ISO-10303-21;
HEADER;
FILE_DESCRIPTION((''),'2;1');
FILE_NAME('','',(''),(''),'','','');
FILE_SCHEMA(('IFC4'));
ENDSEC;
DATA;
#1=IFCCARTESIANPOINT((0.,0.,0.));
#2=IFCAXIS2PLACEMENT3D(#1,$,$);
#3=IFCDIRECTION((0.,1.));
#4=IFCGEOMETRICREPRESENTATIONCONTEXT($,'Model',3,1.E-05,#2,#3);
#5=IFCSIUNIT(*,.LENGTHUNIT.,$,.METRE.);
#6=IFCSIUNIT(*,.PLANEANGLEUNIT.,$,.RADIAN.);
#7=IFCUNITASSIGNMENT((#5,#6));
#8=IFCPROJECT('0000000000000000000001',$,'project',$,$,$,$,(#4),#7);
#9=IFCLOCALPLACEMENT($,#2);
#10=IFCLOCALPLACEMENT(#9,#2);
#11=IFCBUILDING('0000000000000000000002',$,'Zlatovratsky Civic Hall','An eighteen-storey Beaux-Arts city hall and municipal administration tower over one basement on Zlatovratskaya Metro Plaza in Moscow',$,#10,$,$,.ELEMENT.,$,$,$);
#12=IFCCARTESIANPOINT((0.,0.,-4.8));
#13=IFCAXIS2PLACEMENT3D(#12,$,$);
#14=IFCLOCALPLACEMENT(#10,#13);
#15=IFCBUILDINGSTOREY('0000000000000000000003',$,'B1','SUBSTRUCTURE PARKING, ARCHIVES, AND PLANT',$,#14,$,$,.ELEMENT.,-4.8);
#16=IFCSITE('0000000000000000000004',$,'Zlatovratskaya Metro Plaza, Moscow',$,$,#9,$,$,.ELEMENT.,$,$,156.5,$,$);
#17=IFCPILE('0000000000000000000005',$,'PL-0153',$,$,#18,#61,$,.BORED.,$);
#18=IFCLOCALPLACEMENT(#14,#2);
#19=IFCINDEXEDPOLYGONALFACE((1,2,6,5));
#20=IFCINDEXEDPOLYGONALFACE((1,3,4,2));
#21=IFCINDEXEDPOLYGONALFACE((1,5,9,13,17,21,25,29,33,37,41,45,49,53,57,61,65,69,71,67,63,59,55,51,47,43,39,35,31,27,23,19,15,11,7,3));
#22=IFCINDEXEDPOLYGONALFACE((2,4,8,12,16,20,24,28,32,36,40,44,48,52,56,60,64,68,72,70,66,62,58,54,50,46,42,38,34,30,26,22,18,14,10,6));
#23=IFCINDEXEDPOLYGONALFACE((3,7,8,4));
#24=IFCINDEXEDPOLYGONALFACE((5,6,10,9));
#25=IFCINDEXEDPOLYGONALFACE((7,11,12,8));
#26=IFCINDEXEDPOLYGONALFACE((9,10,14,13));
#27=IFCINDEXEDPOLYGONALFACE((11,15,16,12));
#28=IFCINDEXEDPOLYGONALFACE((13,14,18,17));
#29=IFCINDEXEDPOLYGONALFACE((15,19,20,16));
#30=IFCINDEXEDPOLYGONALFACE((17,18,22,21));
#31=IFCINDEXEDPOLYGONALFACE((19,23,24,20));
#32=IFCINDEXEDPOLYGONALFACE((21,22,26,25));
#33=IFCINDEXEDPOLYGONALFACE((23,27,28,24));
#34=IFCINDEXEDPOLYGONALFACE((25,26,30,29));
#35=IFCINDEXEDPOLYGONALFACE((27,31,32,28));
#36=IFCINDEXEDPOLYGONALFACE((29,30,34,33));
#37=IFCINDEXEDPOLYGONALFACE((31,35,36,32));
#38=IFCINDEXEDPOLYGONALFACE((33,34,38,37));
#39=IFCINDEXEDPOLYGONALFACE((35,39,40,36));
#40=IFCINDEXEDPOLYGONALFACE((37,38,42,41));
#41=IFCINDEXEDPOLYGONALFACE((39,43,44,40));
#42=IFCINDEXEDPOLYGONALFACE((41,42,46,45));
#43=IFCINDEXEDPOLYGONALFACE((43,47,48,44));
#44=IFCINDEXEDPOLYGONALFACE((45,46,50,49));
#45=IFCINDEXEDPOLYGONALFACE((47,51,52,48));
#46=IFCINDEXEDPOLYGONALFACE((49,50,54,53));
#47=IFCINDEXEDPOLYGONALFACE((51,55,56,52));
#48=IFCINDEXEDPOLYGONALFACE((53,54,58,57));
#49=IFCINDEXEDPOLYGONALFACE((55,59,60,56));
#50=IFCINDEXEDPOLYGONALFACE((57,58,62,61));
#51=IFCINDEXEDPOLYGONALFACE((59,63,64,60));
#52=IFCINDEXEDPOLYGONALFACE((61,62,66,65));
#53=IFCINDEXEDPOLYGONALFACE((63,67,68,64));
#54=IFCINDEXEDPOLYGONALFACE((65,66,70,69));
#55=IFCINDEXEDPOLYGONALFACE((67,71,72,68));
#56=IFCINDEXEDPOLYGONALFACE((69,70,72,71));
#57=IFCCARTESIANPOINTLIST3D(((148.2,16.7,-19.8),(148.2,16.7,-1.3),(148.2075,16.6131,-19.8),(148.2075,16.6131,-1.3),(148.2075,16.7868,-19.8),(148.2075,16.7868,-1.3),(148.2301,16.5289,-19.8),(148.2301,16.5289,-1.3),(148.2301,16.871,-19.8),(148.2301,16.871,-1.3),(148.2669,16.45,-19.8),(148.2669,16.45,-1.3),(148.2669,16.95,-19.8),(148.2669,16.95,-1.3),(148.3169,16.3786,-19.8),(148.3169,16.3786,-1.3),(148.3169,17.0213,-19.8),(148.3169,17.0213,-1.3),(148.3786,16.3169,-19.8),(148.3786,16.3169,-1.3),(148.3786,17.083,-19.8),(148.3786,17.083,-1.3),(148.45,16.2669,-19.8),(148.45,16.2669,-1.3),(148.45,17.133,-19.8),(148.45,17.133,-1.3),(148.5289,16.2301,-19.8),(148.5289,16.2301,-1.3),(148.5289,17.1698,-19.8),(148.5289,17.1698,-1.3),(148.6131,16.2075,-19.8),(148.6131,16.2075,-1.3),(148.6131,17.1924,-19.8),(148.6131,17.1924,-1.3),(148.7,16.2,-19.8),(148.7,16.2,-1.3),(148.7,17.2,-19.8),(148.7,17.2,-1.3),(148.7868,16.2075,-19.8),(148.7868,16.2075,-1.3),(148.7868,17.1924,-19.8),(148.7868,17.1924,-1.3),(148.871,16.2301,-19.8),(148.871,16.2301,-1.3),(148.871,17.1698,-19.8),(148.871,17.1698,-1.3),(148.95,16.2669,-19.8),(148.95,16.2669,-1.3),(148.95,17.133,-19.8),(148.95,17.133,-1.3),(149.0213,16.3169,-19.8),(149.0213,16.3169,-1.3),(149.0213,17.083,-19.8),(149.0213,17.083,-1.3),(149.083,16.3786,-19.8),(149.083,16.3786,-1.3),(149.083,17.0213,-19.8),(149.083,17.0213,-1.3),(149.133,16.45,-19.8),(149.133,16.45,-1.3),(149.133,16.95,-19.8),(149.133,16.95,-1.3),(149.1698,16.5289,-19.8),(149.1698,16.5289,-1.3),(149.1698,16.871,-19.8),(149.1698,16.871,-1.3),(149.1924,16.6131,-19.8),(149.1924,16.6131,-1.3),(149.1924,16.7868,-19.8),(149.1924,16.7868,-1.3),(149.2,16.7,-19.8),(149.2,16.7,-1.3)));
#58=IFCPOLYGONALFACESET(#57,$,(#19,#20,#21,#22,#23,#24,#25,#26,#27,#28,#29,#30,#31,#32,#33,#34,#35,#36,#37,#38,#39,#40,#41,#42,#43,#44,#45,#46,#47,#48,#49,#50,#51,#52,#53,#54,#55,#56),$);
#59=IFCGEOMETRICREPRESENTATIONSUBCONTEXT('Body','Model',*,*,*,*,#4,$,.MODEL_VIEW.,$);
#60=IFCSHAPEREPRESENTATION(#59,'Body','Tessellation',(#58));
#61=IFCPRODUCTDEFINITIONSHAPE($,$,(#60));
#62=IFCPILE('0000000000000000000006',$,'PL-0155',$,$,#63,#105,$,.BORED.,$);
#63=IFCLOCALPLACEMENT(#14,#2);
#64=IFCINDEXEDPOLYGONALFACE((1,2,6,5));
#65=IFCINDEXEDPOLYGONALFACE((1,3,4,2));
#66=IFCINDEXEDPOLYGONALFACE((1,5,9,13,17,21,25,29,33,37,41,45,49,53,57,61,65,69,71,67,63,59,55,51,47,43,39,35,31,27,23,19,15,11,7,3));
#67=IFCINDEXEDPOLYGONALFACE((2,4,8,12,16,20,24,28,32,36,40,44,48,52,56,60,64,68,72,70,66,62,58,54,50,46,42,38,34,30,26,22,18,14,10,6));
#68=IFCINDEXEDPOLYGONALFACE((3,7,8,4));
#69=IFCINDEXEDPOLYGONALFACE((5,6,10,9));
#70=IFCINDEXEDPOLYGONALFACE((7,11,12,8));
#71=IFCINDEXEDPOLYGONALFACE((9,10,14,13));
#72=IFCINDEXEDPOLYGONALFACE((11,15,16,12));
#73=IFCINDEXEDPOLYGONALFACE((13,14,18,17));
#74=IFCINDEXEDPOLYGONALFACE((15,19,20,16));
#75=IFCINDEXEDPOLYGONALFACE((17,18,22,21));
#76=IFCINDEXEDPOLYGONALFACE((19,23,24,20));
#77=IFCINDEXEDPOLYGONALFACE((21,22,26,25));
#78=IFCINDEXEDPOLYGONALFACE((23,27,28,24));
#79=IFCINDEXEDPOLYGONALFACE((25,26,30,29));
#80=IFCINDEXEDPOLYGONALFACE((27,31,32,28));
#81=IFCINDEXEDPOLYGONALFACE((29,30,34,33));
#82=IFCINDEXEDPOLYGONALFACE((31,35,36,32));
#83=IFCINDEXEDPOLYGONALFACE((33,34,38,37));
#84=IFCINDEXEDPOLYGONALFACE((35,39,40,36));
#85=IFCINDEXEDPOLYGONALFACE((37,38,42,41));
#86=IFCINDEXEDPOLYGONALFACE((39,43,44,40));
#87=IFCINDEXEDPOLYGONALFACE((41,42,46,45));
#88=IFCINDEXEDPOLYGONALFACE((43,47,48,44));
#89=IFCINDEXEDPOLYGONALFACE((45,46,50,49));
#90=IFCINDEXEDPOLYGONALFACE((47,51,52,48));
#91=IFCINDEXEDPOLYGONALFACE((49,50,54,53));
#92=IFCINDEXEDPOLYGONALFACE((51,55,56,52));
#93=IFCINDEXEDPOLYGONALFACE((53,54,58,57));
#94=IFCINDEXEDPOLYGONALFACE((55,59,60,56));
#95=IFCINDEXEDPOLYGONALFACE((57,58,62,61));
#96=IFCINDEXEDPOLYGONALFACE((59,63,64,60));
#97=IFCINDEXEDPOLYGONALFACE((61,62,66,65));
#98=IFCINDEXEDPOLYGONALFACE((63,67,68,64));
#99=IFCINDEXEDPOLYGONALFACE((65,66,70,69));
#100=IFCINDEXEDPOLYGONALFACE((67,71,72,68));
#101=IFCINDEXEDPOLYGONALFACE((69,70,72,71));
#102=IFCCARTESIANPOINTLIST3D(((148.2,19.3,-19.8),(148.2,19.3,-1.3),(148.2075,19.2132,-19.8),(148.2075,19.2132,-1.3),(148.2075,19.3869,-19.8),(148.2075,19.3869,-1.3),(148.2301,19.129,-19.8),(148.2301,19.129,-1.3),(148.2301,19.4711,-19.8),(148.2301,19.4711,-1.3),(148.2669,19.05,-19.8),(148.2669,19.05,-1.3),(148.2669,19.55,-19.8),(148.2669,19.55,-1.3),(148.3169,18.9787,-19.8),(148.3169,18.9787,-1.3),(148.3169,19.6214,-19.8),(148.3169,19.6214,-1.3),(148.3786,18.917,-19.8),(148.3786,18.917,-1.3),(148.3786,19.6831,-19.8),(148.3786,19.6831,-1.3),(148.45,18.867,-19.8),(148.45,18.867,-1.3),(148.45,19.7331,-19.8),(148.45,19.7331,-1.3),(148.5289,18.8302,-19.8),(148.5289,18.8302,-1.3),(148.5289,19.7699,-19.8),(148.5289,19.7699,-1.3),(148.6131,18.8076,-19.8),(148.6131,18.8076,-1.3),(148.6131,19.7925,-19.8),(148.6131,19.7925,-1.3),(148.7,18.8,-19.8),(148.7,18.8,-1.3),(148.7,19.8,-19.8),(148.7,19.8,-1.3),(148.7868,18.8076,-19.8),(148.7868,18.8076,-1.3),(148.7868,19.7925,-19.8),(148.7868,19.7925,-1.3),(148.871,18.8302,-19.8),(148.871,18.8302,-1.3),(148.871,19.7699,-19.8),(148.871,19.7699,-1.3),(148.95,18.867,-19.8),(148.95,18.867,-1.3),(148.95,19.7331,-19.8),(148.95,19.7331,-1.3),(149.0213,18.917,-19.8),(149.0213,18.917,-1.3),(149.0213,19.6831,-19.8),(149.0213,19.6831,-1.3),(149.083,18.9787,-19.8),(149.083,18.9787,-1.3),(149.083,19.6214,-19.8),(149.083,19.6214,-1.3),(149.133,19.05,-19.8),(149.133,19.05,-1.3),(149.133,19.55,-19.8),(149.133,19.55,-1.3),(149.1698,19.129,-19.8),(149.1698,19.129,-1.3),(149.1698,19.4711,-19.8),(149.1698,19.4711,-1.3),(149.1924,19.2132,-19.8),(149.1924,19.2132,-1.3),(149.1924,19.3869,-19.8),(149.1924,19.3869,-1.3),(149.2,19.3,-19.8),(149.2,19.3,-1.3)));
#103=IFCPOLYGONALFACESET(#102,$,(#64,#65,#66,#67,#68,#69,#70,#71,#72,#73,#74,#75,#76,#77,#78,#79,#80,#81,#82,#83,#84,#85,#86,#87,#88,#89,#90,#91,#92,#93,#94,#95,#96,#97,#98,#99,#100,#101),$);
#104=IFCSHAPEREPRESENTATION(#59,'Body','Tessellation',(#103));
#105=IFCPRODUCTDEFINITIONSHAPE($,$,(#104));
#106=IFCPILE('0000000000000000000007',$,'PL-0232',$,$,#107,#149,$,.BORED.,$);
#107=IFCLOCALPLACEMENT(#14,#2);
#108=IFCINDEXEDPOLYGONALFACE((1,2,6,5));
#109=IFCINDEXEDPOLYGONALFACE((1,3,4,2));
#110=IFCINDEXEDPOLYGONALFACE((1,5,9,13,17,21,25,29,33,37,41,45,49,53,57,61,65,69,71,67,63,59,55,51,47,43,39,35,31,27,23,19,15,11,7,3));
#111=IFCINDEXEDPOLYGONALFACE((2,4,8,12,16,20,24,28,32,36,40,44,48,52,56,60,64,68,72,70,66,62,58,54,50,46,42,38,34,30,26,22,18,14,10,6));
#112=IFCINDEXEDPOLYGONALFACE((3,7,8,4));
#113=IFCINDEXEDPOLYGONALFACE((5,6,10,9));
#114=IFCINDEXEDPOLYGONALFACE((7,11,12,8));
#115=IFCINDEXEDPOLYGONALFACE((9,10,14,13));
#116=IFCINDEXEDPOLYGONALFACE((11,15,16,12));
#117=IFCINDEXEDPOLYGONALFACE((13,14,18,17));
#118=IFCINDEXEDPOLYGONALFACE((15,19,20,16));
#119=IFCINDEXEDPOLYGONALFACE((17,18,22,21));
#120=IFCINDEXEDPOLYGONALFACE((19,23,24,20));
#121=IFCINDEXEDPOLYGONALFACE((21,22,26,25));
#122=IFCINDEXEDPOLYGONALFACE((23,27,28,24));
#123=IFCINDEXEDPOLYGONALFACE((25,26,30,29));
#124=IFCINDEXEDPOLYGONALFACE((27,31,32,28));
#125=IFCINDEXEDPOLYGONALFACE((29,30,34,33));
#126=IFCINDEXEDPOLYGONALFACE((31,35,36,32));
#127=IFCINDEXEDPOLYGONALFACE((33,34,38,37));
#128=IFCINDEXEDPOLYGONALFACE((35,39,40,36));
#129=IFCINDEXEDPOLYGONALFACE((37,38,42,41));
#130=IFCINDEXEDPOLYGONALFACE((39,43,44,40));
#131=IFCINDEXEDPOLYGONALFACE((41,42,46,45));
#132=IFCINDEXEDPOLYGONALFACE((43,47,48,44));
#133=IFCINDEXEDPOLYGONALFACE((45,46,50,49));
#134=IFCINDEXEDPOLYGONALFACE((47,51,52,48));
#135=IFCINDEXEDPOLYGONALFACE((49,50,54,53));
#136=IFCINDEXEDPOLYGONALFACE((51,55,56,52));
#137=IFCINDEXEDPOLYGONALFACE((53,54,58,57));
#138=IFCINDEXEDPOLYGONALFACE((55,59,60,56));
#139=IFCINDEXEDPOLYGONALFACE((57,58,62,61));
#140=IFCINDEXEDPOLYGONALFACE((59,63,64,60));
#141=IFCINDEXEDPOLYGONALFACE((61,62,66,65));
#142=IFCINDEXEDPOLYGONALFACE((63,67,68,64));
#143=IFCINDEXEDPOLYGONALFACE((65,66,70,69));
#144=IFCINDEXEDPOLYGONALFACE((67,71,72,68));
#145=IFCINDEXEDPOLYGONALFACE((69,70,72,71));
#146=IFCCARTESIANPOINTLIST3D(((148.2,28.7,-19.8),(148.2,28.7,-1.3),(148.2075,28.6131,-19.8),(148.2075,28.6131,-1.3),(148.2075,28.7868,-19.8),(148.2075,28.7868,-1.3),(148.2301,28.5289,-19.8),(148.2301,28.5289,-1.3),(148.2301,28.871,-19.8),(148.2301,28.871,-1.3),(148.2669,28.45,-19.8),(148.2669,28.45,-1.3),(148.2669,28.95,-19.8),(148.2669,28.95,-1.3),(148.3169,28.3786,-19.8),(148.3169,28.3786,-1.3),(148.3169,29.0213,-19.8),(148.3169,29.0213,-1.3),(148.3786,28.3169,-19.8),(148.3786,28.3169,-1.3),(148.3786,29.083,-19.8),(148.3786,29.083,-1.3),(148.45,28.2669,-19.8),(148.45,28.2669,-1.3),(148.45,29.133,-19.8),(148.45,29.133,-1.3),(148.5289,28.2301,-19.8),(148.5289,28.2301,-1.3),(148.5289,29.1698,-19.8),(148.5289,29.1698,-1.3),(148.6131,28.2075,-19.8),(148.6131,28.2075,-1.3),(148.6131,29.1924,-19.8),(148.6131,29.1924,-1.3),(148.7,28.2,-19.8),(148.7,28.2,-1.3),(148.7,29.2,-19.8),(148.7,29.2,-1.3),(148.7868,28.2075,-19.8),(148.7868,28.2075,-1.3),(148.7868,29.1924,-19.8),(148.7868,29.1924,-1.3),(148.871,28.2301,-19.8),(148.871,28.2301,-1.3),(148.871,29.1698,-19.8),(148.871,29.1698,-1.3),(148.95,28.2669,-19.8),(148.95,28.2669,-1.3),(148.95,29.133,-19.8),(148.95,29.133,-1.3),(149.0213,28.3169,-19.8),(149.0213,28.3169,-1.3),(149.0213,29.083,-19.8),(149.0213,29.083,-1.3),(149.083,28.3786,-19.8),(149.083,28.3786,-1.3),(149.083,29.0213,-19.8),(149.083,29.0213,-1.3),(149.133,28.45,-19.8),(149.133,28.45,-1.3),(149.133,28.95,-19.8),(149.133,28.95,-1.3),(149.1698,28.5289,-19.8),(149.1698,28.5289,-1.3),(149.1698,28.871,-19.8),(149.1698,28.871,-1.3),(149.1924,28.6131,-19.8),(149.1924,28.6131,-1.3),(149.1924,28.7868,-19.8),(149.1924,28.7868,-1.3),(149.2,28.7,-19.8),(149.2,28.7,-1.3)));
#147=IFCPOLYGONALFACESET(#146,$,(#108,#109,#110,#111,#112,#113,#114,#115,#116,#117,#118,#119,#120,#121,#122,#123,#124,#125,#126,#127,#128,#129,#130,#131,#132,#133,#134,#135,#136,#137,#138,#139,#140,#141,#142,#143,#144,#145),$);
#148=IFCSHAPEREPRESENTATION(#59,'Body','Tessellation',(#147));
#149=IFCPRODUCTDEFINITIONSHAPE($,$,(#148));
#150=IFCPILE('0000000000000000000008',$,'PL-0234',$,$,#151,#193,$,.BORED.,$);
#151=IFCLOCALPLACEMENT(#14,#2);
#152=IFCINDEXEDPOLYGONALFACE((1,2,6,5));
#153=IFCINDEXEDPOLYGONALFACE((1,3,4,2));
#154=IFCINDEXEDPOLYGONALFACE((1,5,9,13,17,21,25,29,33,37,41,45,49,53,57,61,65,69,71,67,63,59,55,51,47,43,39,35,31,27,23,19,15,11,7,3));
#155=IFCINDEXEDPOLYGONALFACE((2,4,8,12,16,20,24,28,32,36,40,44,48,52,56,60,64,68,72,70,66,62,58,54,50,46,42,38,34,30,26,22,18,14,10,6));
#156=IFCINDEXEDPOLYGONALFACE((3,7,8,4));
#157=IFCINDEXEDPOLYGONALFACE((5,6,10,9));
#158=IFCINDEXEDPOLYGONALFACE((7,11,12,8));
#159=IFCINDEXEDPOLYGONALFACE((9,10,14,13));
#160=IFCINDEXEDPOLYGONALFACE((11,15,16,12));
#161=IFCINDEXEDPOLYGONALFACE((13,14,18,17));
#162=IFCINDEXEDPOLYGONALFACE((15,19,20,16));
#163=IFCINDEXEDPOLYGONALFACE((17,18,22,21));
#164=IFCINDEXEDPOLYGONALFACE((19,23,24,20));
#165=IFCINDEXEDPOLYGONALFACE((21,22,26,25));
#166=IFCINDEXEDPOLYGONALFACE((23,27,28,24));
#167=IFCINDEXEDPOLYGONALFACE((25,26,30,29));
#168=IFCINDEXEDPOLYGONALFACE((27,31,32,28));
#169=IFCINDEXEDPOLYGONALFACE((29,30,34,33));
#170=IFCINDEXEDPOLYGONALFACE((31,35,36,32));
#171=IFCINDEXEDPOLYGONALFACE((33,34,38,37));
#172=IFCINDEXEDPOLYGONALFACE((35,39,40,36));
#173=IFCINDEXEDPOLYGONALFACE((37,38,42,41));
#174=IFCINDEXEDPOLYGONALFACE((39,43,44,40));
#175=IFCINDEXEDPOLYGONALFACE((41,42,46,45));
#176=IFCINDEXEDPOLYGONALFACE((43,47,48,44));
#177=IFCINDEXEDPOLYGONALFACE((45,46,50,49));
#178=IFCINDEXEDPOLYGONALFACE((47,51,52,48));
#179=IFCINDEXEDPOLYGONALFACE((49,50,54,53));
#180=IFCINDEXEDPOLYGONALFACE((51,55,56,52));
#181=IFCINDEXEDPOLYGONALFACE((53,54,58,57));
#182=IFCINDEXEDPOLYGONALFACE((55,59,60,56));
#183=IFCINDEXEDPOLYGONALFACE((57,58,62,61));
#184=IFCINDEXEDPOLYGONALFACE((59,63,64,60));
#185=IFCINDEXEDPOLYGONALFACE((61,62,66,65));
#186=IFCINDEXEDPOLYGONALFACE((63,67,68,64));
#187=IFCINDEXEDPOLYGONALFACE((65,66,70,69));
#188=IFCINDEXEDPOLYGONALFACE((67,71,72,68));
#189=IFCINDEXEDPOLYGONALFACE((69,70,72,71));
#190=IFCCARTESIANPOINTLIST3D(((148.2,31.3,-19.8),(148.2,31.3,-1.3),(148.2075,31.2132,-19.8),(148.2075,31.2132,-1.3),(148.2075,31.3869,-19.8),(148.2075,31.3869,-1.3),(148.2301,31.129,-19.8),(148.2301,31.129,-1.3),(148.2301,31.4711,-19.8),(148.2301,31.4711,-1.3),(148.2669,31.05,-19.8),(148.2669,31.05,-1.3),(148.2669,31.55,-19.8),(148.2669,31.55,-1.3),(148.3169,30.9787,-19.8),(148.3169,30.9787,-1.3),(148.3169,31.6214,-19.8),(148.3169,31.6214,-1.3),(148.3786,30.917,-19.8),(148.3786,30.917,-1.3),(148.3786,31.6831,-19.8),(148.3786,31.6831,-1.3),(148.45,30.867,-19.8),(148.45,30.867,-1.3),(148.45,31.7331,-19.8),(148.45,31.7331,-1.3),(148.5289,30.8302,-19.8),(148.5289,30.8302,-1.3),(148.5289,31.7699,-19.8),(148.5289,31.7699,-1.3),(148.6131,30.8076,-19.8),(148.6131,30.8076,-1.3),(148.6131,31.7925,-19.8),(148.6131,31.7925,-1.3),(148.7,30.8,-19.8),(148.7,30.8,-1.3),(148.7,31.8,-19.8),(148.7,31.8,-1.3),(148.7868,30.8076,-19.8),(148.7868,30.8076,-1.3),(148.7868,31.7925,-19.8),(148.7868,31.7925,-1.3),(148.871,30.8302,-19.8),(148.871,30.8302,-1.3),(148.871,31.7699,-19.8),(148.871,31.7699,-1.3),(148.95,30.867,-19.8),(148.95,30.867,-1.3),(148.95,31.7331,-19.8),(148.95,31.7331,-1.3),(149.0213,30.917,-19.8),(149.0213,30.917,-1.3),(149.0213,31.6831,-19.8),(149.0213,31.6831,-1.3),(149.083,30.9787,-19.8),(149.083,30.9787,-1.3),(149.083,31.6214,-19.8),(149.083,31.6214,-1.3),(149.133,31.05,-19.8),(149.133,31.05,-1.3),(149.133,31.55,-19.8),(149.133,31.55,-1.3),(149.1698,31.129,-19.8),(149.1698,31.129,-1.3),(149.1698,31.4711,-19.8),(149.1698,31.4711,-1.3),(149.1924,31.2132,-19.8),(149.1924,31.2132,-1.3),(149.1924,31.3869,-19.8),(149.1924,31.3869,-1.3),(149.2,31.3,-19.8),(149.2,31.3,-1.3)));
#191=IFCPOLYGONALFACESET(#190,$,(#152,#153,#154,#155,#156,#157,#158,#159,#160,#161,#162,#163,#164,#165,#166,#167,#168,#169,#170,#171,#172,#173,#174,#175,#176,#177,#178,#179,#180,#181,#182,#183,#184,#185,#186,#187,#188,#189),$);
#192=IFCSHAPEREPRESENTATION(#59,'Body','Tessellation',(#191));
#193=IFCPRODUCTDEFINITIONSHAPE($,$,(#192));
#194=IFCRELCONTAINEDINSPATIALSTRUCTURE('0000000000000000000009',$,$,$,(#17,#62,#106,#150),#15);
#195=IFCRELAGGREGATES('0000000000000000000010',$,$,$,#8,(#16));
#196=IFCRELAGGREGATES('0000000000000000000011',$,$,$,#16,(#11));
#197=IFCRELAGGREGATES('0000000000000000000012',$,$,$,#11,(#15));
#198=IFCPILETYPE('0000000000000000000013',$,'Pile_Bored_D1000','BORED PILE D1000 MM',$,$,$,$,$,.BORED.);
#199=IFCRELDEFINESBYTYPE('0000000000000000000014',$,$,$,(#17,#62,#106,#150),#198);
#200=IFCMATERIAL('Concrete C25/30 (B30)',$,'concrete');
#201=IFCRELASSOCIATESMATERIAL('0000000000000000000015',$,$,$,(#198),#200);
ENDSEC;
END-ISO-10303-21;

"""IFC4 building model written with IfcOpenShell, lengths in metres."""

from ifc_helpers import new_model, si_unit, direction, frame, origin, origin_2d, place, context, subcontext, project, spatial, circle, extrude, material, material_profile, profile_set, type_object, element, save


model = new_model("IFC4")

# Units and contexts
model_context = context("Model", 3, precision=1e-05, world=origin(), true_north=direction((0.0, 1.0)))
body_context = subcontext(model_context, "Body", "Model", "MODEL_VIEW")
ifc_project = project(units=[si_unit("LENGTHUNIT", "METRE"), si_unit("PLANEANGLEUNIT", "RADIAN")], contexts=[model_context])

# Site, building, storey
site_placement = place(None, origin())
site = spatial("IfcSite", under=ifc_project, at=site_placement, Name="Zlatovratskaya Metro Plaza, Moscow", CompositionType="ELEMENT", RefElevation=156.5)
building_placement = place(site_placement, origin())
building = spatial("IfcBuilding", under=site, at=building_placement, Name="Zlatovratsky Civic Hall", Description="An eighteen-storey Beaux-Arts city hall and municipal administration tower over one basement on Zlatovratskaya Metro Plaza in Moscow", CompositionType="ELEMENT")
storey_placement = place(building_placement, frame((0.0, 0.0, -4.8)))
storey = spatial("IfcBuildingStorey", under=building, at=storey_placement, Name="B1", Description="SUBSTRUCTURE PARKING, ARCHIVES, AND PLANT", CompositionType="ELEMENT", Elevation=-4.8)

# Shared definitions
ifc_material_1 = material(Name="Concrete C25/30 (B30)", Category="concrete")

# Piles
ifc_material_profile_1 = material_profile(ifc_material_1, circle(Radius=0.5, at=origin_2d()), Name="PILE D1000")
ifc_profile_set_1 = profile_set([ifc_material_profile_1], Name="Concrete C25/30 (B30)")
pile_type_1 = type_object("IfcPileType", Name="Pile_Bored_D1000", Description="BORED PILE D1000 MM", PredefinedType="BORED", material=ifc_profile_set_1)
for number, where, z_axis, x_axis, name in (
    (1, (148.7, 16.7, -1.3), (0.0, 0.0, -1.0), (1.0, 0.0, 0.0), "PL-0153"),
    (2, (148.7, 19.3, -1.3), (0.0, 0.0, -1.0), (1.0, 0.0, 0.0), "PL-0155"),
    (3, (148.7, 28.7, -1.3), (0.0, 0.0, -1.0), (1.0, 0.0, 0.0), "PL-0232"),
    (4, (148.7, 31.3, -1.3), (0.0, 0.0, -1.0), (1.0, 0.0, 0.0), "PL-0234"),
):
    element("IfcPile", number, at=place(storey_placement, frame(where, z_axis=z_axis, x_axis=x_axis)), inside=storey, type_object=pile_type_1, Name=name, PredefinedType="BORED", context=body_context, shape_type="SweptSolid", body=[
        extrude(circle(Radius=0.5, at=origin_2d()), origin(), (0.0, 0.0, 1.0), 18.5),
    ])

save(model, "model.ifc")
